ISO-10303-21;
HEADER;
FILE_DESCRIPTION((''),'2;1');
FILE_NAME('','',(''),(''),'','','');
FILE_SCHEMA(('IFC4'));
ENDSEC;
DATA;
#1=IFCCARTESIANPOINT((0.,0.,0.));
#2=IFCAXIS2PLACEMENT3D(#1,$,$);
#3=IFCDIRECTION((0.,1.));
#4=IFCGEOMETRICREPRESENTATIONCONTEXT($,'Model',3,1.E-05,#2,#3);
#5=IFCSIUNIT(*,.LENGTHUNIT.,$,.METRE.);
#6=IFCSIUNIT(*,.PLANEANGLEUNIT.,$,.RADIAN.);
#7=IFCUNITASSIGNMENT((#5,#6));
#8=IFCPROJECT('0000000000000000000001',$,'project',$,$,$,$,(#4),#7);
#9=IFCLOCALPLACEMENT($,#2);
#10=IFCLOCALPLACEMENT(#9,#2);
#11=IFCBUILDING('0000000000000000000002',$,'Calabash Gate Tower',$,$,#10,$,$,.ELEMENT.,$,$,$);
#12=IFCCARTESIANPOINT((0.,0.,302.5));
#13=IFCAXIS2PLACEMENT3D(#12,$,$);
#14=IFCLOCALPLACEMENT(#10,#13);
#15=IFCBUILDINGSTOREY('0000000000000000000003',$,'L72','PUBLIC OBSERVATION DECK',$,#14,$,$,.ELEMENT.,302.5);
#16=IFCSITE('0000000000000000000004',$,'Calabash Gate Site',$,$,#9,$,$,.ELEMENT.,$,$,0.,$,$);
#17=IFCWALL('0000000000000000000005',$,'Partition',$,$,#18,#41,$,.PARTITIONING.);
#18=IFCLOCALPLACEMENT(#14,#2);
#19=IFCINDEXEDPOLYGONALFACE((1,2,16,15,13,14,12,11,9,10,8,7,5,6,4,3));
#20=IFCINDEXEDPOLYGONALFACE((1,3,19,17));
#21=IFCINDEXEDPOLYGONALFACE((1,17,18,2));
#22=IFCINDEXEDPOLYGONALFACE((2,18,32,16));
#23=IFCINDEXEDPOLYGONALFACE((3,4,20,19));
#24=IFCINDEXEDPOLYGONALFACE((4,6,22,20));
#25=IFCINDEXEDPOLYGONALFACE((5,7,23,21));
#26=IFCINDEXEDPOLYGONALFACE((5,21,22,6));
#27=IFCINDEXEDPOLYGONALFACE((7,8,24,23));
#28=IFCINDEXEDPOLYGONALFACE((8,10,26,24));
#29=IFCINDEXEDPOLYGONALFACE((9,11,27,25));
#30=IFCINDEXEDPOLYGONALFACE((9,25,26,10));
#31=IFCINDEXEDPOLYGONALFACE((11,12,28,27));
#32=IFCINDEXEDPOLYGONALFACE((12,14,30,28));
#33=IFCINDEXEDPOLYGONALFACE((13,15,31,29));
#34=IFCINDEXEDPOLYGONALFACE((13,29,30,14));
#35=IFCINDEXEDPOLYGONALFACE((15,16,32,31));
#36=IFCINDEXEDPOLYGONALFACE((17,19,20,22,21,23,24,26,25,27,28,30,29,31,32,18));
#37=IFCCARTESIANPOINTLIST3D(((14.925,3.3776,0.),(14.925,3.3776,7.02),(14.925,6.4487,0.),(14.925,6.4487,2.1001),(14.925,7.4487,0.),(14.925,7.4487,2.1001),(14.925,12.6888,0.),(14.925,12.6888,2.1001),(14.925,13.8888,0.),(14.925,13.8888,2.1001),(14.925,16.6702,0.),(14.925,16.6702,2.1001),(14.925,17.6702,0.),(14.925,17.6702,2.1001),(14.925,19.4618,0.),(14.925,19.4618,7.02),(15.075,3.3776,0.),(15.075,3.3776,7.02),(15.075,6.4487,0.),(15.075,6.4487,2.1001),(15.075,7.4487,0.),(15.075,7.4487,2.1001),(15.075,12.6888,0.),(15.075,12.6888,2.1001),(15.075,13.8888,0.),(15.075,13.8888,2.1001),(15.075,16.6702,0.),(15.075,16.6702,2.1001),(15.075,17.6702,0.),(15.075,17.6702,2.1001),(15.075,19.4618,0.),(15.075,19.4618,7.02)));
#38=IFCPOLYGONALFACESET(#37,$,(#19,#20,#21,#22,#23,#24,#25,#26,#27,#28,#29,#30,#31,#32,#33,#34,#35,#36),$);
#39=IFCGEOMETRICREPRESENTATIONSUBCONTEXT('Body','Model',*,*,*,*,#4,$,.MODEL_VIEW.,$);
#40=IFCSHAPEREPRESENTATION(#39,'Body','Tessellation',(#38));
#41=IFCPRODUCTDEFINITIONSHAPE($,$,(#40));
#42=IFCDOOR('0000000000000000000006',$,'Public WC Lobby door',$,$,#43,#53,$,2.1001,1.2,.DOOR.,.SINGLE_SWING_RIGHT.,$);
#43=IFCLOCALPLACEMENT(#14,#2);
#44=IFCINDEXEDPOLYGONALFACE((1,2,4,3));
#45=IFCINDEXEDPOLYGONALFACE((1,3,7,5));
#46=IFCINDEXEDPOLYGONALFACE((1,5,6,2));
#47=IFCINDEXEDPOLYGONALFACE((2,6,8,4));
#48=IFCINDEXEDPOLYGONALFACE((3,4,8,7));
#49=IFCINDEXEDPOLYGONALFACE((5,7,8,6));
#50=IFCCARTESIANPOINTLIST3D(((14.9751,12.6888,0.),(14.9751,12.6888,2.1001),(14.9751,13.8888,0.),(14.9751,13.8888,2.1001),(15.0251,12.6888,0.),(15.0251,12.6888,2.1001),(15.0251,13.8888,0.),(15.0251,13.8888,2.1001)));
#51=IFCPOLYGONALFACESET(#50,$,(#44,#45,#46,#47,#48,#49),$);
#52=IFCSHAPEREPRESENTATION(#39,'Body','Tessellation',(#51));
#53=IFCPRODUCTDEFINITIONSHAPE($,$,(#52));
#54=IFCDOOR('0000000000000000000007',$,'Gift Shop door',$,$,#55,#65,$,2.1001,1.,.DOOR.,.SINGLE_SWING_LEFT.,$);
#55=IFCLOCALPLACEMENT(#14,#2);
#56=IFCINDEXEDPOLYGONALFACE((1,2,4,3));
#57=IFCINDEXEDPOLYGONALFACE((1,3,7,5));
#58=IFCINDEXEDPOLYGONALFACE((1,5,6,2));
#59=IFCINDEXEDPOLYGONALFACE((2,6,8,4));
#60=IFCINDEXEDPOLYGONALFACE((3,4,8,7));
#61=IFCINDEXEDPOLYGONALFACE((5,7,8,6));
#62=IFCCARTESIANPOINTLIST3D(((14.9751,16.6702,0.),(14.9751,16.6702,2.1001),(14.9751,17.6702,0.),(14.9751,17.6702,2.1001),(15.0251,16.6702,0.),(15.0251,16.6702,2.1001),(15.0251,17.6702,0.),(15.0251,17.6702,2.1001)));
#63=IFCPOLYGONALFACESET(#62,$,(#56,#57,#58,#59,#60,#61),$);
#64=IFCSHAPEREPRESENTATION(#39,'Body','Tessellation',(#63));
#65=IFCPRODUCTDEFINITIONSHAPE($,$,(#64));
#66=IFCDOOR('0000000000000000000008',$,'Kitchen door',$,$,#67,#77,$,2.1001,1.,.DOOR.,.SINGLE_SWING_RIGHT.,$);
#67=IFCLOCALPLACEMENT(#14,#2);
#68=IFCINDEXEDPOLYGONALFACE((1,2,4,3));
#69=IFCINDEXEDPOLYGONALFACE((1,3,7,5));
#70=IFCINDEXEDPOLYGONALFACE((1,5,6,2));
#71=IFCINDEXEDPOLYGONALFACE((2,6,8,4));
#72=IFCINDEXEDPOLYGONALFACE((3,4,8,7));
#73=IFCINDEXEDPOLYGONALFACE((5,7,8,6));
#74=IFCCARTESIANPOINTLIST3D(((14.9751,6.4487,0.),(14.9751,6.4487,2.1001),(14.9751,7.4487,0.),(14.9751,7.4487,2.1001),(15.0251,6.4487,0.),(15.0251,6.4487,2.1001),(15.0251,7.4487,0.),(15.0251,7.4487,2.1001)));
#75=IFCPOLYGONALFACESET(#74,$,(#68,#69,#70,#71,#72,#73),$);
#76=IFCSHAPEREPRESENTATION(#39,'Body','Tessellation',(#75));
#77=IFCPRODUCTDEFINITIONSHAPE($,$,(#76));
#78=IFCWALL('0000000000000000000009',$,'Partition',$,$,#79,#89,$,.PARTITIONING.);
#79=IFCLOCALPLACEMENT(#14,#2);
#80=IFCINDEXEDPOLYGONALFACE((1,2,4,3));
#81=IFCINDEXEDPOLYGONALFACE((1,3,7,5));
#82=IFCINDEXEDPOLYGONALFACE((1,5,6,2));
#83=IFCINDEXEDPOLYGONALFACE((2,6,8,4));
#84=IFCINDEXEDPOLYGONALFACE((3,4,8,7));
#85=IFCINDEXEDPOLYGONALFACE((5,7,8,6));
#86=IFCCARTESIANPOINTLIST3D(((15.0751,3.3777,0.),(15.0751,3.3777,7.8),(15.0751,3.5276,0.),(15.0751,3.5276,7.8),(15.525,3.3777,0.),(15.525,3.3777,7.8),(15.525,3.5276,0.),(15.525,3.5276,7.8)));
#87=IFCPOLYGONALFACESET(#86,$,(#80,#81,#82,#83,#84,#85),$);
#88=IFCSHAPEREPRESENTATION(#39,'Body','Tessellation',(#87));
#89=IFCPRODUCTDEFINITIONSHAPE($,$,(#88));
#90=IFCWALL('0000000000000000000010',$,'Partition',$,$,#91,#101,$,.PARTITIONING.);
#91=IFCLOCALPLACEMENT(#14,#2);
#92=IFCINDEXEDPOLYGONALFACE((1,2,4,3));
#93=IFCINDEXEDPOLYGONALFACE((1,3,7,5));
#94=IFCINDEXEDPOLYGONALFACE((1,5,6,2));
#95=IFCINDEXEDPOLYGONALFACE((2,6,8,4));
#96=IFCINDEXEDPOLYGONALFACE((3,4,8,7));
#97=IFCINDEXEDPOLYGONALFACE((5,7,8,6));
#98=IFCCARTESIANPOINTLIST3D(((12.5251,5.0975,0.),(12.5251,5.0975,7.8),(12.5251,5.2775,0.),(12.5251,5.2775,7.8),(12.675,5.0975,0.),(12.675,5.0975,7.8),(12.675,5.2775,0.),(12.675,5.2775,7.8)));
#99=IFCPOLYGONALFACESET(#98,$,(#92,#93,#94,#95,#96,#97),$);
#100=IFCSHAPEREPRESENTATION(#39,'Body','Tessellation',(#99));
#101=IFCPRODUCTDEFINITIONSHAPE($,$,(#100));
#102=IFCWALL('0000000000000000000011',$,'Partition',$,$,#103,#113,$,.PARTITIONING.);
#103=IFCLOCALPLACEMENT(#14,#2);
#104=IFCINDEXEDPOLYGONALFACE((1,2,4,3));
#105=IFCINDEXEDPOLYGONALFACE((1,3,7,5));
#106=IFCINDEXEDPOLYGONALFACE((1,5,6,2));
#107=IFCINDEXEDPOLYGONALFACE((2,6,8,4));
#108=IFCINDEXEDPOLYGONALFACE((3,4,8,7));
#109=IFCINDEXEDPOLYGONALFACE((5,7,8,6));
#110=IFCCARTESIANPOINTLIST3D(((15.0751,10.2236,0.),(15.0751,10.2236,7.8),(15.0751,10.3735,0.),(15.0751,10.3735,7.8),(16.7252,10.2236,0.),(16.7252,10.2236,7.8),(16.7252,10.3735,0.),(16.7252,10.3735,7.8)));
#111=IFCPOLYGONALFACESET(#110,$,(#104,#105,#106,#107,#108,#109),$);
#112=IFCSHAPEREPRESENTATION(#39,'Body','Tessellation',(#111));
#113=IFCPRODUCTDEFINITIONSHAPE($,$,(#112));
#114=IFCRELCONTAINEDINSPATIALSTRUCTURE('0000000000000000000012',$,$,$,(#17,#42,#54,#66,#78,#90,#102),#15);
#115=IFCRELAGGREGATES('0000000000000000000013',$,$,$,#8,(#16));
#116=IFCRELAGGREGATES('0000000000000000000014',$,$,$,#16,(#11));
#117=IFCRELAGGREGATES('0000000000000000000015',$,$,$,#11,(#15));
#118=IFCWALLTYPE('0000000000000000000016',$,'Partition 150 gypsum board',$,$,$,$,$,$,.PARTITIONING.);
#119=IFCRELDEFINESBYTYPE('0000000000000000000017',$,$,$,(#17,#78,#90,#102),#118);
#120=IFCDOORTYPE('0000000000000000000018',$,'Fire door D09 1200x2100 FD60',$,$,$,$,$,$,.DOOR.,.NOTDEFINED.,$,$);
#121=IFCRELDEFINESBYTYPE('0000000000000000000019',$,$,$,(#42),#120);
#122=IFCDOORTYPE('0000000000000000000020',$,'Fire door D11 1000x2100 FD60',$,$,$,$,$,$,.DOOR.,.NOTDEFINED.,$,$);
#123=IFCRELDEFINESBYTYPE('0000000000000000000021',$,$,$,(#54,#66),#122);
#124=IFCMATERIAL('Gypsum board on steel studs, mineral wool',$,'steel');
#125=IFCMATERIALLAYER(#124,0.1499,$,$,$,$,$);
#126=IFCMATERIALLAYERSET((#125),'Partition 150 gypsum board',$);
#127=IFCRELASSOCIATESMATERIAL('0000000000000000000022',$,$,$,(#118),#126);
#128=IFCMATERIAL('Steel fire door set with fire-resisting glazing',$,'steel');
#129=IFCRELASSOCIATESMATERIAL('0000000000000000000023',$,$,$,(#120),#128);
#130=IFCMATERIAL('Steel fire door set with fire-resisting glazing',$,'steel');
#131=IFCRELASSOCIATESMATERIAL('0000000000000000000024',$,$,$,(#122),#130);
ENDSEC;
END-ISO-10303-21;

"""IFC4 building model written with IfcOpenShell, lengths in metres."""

from ifc_helpers import new_model, si_unit, direction, frame, frame_2d, origin, place, context, subcontext, project, spatial, rectangle, extrude, material, layer, layer_set, type_object, element, fill, save


model = new_model("IFC4")

# Units and contexts
model_context = context("Model", 3, precision=1e-05, world=origin(), true_north=direction((0.0, 1.0)))
body_context = subcontext(model_context, "Body", "Model", "MODEL_VIEW")
ifc_project = project(units=[si_unit("LENGTHUNIT", "METRE"), si_unit("PLANEANGLEUNIT", "RADIAN")], contexts=[model_context])

# Site, building, storey
site_placement = place(None, origin())
site = spatial("IfcSite", under=ifc_project, at=site_placement, Name="Calabash Gate Site", CompositionType="ELEMENT", RefElevation=0.0)
building_placement = place(site_placement, origin())
building = spatial("IfcBuilding", under=site, at=building_placement, Name="Calabash Gate Tower", CompositionType="ELEMENT")
storey_placement = place(building_placement, frame((0.0, 0.0, 302.5)))
storey = spatial("IfcBuildingStorey", under=building, at=storey_placement, Name="L72", Description="PUBLIC OBSERVATION DECK", CompositionType="ELEMENT", Elevation=302.5)

# Wall, openings, doors
ifc_material_1 = material(Name="Gypsum board on steel studs, mineral wool", Category="steel")
ifc_layer_1 = layer(ifc_material_1, 0.1499)
ifc_layer_set_1 = layer_set([ifc_layer_1], Name="Partition 150 gypsum board")
wall_type_1 = type_object("IfcWallType", Name="Partition 150 gypsum board", PredefinedType="PARTITIONING", material=ifc_layer_set_1)
wall_1_placement = place(storey_placement, frame((15.0, 3.3777, 0.0), z_axis=(0.0, 0.0, 1.0), x_axis=(0.0, 1.0, 0.0)))
wall_1 = element("IfcWall", 1, at=wall_1_placement, inside=storey, type_object=wall_type_1, Name="Partition", PredefinedType="PARTITIONING", context=body_context, shape_type="SweptSolid", body=[
    extrude(rectangle(XDim=16.0842, YDim=0.1499, at=frame_2d((8.042, 0.0))), origin(), (0.0, 0.0, 1.0), 7.02),
])
opening_1_placement = place(wall_1_placement, frame((9.311, 0.0, 0.0)))
opening_1 = element("IfcOpeningElement", 2, at=opening_1_placement, cuts=wall_1, PredefinedType="OPENING", context=body_context, shape_type="SweptSolid", body=[
    extrude(rectangle(XDim=1.2, YDim=2.1001, at=frame_2d((0.6001, 1.05))), frame((0.0, 0.085, 0.0), z_axis=(0.0, -1.0, 0.0), x_axis=(1.0, 0.0, 0.0)), (0.0, 0.0, 1.0), 0.1699),
])
opening_2_placement = place(wall_1_placement, frame((13.2925, 0.0, 0.0)))
opening_2 = element("IfcOpeningElement", 3, at=opening_2_placement, cuts=wall_1, PredefinedType="OPENING", context=body_context, shape_type="SweptSolid", body=[
    extrude(rectangle(XDim=1.0, YDim=2.1001, at=frame_2d((0.5, 1.05))), frame((0.0, 0.085, 0.0), z_axis=(0.0, -1.0, 0.0), x_axis=(1.0, 0.0, 0.0)), (0.0, 0.0, 1.0), 0.1699),
])
opening_3_placement = place(wall_1_placement, frame((3.071, 0.0, 0.0)))
opening_3 = element("IfcOpeningElement", 4, at=opening_3_placement, cuts=wall_1, PredefinedType="OPENING", context=body_context, shape_type="SweptSolid", body=[
    extrude(rectangle(XDim=1.0, YDim=2.1001, at=frame_2d((0.5, 1.05))), frame((0.0, 0.085, 0.0), z_axis=(0.0, -1.0, 0.0), x_axis=(1.0, 0.0, 0.0)), (0.0, 0.0, 1.0), 0.1699),
])
ifc_material_2 = material(Name="Steel fire door set with fire-resisting glazing", Category="steel")
door_type_1 = type_object("IfcDoorType", Name="Fire door D09 1200x2100 FD60", OperationType="NOTDEFINED", PredefinedType="DOOR", material=ifc_material_2)
door_1_placement = place(opening_1_placement, origin())
door_1 = element("IfcDoor", 5, at=door_1_placement, inside=storey, type_object=door_type_1, Name="Public WC Lobby door", OperationType="SINGLE_SWING_RIGHT", OverallHeight=2.1001, OverallWidth=1.2, PredefinedType="DOOR", context=body_context, shape_type="SweptSolid", body=[
    extrude(rectangle(XDim=1.2, YDim=2.1001, at=frame_2d((0.6001, 1.05))), frame((0.0, 0.0249, 0.0), z_axis=(0.0, -1.0, 0.0), x_axis=(1.0, 0.0, 0.0)), (0.0, 0.0, 1.0), 0.05),
])
fill(opening_1, door_1)
ifc_material_3 = material(Name="Steel fire door set with fire-resisting glazing", Category="steel")
door_type_2 = type_object("IfcDoorType", Name="Fire door D11 1000x2100 FD60", OperationType="NOTDEFINED", PredefinedType="DOOR", material=ifc_material_3)
door_2_placement = place(opening_2_placement, origin())
door_2 = element("IfcDoor", 6, at=door_2_placement, inside=storey, type_object=door_type_2, Name="Gift Shop door", OperationType="SINGLE_SWING_LEFT", OverallHeight=2.1001, OverallWidth=1.0, PredefinedType="DOOR", context=body_context, shape_type="SweptSolid", body=[
    extrude(rectangle(XDim=1.0, YDim=2.1001, at=frame_2d((0.5, 1.05))), frame((0.0, 0.0249, 0.0), z_axis=(0.0, -1.0, 0.0), x_axis=(1.0, 0.0, 0.0)), (0.0, 0.0, 1.0), 0.05),
])
fill(opening_2, door_2)
door_3_placement = place(opening_3_placement, origin())
door_3 = element("IfcDoor", 7, at=door_3_placement, inside=storey, type_object=door_type_2, Name="Kitchen door", OperationType="SINGLE_SWING_RIGHT", OverallHeight=2.1001, OverallWidth=1.0, PredefinedType="DOOR", context=body_context, shape_type="SweptSolid", body=[
    extrude(rectangle(XDim=1.0, YDim=2.1001, at=frame_2d((0.5, 1.05))), frame((0.0, 0.0249, 0.0), z_axis=(0.0, -1.0, 0.0), x_axis=(1.0, 0.0, 0.0)), (0.0, 0.0, 1.0), 0.05),
])
fill(opening_3, door_3)

# Walls
wall_2_placement = place(storey_placement, frame((15.075, 3.4526, 0.0), z_axis=(0.0, 0.0, 1.0), x_axis=(1.0, 0.0, 0.0)))
element("IfcWall", 8, at=wall_2_placement, inside=storey, type_object=wall_type_1, Name="Partition", PredefinedType="PARTITIONING", context=body_context, shape_type="SweptSolid", body=[
    extrude(rectangle(XDim=0.45, YDim=0.1499, at=frame_2d((0.2251, 0.0))), origin(), (0.0, 0.0, 1.0), 7.8),
])
wall_3_placement = place(storey_placement, frame((12.6001, 5.0977, 0.0), z_axis=(0.0, 0.0, 1.0), x_axis=(0.0, 1.0, 0.0)))
element("IfcWall", 9, at=wall_3_placement, inside=storey, type_object=wall_type_1, Name="Partition", PredefinedType="PARTITIONING", context=body_context, shape_type="SweptSolid", body=[
    extrude(rectangle(XDim=0.1799, YDim=0.1499, at=frame_2d((0.0898, 0.0))), origin(), (0.0, 0.0, 1.0), 7.8),
])
wall_4_placement = place(storey_placement, frame((15.075, 10.2986, 0.0), z_axis=(0.0, 0.0, 1.0), x_axis=(1.0, 0.0, 0.0)))
element("IfcWall", 10, at=wall_4_placement, inside=storey, type_object=wall_type_1, Name="Partition", PredefinedType="PARTITIONING", context=body_context, shape_type="SweptSolid", body=[
    extrude(rectangle(XDim=1.6501, YDim=0.1499, at=frame_2d((0.8252, 0.0))), origin(), (0.0, 0.0, 1.0), 7.8),
])

save(model, "model.ifc")
